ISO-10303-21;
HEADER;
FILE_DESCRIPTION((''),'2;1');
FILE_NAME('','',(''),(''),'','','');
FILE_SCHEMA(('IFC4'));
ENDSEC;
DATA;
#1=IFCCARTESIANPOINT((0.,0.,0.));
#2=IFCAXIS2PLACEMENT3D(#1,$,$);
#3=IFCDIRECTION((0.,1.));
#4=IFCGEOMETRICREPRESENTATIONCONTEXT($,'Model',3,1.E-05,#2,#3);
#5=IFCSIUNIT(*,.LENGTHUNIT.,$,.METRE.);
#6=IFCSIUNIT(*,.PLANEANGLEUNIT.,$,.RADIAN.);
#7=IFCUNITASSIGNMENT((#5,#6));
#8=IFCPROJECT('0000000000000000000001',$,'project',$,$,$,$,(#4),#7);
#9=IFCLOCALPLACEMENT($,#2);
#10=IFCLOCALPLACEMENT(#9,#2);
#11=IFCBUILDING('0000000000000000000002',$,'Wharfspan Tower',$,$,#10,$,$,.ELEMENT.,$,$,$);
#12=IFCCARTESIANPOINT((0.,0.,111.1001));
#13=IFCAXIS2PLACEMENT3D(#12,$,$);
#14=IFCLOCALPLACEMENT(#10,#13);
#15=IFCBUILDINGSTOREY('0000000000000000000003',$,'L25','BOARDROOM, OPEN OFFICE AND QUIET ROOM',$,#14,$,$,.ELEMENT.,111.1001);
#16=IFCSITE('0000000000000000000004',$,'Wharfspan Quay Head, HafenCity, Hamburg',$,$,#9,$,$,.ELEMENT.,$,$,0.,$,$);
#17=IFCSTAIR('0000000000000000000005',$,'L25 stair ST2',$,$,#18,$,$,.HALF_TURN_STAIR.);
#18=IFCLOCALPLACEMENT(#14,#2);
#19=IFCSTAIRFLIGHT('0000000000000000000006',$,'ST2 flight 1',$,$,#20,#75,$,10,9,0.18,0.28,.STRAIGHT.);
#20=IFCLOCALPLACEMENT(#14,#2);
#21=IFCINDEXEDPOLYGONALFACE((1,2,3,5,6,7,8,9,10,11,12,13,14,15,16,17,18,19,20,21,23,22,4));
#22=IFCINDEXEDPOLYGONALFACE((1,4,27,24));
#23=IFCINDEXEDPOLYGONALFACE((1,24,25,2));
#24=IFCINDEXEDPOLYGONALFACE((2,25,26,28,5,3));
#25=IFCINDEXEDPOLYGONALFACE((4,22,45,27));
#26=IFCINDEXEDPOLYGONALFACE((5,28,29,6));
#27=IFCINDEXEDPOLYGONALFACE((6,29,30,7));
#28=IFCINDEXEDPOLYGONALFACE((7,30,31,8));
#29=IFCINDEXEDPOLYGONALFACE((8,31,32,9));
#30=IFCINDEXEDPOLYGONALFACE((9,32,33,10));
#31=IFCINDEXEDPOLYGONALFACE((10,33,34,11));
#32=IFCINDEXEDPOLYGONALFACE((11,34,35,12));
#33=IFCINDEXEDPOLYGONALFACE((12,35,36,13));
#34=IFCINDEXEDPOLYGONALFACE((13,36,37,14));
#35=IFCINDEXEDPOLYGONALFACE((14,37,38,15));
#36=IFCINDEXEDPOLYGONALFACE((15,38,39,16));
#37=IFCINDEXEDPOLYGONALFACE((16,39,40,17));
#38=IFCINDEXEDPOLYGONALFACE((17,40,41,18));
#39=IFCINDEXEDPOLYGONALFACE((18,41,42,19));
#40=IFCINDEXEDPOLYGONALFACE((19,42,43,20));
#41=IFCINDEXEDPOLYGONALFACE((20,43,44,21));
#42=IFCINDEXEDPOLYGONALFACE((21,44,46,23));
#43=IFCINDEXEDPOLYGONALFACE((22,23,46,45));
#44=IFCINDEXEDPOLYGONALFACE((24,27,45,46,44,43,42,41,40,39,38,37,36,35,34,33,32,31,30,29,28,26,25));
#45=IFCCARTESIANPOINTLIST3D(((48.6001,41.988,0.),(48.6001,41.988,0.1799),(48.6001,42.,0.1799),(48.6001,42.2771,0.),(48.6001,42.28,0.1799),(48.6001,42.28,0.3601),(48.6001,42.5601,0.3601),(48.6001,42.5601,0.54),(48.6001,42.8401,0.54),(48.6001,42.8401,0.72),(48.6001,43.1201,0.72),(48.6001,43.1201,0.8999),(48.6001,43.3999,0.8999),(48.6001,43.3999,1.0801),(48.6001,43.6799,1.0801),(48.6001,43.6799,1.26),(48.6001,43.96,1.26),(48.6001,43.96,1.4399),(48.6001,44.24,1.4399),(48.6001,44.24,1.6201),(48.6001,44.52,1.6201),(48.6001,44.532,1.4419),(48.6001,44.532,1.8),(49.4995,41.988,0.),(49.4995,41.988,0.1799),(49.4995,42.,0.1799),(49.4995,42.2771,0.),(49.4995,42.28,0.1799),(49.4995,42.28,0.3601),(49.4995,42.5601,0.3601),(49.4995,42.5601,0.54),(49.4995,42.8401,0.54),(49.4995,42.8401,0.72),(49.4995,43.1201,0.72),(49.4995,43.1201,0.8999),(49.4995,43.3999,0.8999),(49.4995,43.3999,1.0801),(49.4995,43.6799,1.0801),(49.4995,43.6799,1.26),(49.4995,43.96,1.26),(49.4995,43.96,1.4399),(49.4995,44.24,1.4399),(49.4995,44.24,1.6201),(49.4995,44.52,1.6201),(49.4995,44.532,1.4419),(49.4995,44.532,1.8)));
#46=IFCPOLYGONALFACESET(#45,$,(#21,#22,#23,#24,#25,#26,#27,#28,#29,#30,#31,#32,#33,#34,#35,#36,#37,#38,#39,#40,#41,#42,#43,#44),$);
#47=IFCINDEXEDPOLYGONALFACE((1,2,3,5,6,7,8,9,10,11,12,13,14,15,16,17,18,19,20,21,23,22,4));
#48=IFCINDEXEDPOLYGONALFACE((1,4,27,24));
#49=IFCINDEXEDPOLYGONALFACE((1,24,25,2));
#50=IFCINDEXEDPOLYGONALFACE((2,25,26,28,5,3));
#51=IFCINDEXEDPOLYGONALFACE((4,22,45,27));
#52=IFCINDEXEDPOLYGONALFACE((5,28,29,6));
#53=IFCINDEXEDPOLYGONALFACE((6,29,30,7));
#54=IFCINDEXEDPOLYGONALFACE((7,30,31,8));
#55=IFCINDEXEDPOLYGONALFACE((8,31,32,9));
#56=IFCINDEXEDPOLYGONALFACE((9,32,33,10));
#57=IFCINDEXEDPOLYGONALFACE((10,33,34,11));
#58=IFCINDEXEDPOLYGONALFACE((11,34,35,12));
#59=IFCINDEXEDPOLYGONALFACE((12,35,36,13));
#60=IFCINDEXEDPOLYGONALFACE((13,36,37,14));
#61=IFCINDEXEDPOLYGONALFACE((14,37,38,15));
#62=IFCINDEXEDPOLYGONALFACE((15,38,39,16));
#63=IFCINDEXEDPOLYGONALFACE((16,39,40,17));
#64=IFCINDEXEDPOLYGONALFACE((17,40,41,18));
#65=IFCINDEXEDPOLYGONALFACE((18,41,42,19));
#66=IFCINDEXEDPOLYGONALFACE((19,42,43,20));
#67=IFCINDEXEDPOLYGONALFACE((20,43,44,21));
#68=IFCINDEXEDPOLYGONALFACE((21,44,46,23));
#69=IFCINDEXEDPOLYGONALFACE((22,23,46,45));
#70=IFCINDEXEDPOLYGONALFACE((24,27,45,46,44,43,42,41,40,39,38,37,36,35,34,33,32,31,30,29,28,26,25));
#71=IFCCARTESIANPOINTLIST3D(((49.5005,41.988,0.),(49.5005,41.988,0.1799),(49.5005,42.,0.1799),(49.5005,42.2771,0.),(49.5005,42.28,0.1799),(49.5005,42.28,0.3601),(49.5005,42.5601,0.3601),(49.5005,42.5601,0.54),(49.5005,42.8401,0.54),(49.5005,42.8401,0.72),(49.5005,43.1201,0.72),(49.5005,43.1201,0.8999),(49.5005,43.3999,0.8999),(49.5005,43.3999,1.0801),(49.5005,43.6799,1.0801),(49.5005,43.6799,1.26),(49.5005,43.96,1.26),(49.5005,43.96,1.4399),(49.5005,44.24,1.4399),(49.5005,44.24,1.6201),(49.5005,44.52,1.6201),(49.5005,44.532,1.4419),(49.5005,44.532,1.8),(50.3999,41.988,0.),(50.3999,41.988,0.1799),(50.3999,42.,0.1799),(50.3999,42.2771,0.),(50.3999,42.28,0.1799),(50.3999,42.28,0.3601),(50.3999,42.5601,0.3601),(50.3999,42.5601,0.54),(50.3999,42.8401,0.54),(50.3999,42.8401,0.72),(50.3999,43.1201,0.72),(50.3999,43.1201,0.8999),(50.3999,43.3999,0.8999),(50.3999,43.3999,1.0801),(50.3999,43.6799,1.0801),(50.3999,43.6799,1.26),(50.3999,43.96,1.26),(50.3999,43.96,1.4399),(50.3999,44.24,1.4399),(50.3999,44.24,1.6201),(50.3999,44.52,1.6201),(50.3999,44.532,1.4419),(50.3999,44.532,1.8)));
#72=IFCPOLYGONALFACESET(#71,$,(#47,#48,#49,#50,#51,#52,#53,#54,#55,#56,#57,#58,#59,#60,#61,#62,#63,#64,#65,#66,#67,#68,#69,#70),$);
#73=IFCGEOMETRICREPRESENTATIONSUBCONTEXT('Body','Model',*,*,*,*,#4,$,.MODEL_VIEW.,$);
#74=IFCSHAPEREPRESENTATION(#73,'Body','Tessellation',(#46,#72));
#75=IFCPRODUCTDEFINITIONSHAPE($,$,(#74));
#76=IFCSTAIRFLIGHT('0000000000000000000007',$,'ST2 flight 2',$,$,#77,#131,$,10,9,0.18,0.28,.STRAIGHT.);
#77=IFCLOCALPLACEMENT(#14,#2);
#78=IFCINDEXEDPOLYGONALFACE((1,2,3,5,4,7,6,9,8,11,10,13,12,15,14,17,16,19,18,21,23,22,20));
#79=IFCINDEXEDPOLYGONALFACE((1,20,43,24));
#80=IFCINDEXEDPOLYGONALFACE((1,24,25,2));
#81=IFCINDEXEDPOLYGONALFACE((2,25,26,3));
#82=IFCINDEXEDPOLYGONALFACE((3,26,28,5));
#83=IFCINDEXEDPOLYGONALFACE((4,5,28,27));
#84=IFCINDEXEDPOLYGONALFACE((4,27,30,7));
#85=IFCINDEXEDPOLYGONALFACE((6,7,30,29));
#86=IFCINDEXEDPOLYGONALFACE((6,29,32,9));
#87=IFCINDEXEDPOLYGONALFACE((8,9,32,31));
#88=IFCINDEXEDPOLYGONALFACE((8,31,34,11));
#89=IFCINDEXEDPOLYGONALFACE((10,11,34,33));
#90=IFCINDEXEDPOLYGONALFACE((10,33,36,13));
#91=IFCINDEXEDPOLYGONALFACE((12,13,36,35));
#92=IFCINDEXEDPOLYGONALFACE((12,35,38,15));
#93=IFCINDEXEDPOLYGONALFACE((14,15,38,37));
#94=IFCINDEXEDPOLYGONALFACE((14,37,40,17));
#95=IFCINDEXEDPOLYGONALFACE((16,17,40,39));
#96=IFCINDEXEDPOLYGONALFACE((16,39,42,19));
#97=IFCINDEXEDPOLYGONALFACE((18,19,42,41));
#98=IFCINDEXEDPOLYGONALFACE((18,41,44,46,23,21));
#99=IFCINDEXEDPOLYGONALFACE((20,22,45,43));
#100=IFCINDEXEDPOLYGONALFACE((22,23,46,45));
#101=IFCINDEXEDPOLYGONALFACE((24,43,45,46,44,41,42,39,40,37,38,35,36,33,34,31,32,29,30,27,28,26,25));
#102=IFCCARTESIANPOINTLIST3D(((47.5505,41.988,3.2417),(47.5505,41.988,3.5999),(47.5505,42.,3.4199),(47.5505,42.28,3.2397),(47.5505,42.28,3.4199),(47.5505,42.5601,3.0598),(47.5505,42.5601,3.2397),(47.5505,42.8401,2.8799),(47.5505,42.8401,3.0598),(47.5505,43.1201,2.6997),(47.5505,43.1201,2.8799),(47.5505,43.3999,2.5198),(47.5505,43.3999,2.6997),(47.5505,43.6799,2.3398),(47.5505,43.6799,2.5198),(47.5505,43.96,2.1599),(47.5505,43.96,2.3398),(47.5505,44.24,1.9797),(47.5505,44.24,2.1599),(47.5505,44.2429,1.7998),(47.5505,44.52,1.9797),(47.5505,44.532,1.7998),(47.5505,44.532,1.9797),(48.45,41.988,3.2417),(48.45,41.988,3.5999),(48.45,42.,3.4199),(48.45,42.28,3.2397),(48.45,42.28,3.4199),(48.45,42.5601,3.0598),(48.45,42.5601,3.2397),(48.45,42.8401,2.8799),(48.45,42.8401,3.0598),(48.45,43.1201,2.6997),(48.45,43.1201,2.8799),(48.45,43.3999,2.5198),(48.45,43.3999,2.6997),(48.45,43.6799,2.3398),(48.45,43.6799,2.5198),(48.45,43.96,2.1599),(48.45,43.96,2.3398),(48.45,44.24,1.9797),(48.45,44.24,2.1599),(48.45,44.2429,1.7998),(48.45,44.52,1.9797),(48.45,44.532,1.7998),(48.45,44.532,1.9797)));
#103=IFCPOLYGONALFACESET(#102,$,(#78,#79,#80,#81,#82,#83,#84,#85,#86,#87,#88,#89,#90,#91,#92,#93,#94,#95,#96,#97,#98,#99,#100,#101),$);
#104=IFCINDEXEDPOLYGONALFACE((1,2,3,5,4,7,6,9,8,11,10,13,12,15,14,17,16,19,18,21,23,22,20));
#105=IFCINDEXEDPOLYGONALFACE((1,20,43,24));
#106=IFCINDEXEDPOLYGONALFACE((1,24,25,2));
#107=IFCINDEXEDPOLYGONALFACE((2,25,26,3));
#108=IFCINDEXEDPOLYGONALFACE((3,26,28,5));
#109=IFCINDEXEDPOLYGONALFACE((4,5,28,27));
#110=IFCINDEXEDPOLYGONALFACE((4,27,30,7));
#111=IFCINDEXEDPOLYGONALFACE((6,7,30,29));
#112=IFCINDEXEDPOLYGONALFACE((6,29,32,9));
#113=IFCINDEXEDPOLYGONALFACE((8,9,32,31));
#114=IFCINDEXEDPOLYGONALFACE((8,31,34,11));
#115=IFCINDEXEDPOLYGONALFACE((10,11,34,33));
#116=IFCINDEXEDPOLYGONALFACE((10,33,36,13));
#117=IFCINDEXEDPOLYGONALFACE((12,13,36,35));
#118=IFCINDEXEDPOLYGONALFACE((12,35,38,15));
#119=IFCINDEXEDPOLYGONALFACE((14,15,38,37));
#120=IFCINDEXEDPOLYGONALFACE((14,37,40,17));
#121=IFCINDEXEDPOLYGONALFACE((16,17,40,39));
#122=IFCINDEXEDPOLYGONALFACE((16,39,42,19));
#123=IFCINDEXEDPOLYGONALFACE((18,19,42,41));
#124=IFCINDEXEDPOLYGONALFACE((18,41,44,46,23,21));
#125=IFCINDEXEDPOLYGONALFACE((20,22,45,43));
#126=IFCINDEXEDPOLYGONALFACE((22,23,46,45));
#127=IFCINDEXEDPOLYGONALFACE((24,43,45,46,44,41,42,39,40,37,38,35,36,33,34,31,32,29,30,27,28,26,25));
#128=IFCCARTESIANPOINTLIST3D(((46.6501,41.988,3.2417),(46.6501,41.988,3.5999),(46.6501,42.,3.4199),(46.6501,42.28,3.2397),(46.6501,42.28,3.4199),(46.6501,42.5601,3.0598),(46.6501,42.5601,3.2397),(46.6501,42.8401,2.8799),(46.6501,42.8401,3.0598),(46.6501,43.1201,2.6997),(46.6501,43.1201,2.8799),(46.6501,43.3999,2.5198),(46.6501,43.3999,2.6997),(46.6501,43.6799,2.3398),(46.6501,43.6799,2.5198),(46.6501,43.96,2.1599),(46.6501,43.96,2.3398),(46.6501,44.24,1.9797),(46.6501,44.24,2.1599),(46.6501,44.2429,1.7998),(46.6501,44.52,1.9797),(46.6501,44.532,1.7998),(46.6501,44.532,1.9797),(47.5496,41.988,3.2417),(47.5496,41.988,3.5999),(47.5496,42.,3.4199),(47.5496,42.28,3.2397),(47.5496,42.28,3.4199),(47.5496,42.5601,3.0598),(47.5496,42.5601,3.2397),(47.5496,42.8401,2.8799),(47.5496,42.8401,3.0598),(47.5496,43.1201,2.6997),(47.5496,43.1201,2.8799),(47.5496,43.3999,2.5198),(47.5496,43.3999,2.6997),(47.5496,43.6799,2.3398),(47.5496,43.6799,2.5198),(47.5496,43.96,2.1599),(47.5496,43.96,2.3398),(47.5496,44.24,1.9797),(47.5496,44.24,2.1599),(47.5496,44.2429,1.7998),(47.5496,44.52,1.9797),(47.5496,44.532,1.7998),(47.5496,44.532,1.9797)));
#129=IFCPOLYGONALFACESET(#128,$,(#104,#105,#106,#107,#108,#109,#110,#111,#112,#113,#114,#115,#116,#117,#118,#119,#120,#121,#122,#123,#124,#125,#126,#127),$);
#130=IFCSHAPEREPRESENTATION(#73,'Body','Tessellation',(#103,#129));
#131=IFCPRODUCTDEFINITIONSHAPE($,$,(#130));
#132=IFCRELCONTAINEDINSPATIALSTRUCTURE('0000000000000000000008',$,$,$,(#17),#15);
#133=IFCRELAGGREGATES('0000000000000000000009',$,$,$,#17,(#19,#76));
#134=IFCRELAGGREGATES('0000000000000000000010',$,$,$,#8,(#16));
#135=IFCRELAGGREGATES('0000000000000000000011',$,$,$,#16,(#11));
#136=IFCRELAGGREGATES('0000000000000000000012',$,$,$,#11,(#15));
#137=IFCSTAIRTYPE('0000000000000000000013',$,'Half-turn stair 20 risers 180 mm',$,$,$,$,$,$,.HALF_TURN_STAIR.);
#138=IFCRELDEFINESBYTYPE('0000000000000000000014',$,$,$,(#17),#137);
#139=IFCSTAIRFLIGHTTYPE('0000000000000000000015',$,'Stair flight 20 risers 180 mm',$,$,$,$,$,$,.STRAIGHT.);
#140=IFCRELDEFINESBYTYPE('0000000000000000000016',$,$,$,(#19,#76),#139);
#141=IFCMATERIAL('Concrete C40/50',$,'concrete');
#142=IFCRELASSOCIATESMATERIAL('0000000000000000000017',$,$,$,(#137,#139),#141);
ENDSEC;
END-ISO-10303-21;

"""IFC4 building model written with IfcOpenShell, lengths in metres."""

from ifc_helpers import new_model, si_unit, direction, frame, origin, place, context, subcontext, project, spatial, polyline, outline, extrude, material, type_object, element, aggregate, save


model = new_model("IFC4")

# Units and contexts
model_context = context("Model", 3, precision=1e-05, world=origin(), true_north=direction((0.0, 1.0)))
body_context = subcontext(model_context, "Body", "Model", "MODEL_VIEW")
ifc_project = project(units=[si_unit("LENGTHUNIT", "METRE"), si_unit("PLANEANGLEUNIT", "RADIAN")], contexts=[model_context])

# Site, building, storey
site_placement = place(None, origin())
site = spatial("IfcSite", under=ifc_project, at=site_placement, Name="Wharfspan Quay Head, HafenCity, Hamburg", CompositionType="ELEMENT", RefElevation=0.0)
building_placement = place(site_placement, origin())
building = spatial("IfcBuilding", under=site, at=building_placement, Name="Wharfspan Tower", CompositionType="ELEMENT")
storey_placement = place(building_placement, frame((0.0, 0.0, 111.1001)))
storey = spatial("IfcBuildingStorey", under=building, at=storey_placement, Name="L25", Description="BOARDROOM, OPEN OFFICE AND QUIET ROOM", CompositionType="ELEMENT", Elevation=111.1001)

# Shared definitions
ifc_material_1 = material(Name="Concrete C40/50", Category="concrete")

# Stair, stair flights
stair_type = type_object("IfcStairType", Name="Half-turn stair 20 risers 180 mm", PredefinedType="HALF_TURN_STAIR", material=ifc_material_1)
stair_placement = place(storey_placement, origin())
stair = element("IfcStair", 1, at=stair_placement, inside=storey, type_object=stair_type, Name="L25 stair ST2", PredefinedType="HALF_TURN_STAIR")
stair_flight_type = type_object("IfcStairFlightType", Name="Stair flight 20 risers 180 mm", PredefinedType="STRAIGHT", material=ifc_material_1)
stair_flight_1_placement = place(storey_placement, frame((49.5, 42.0, 0.0), z_axis=(0.0, 0.0, 1.0), x_axis=(0.0, 1.0, 0.0)))
stair_flight_1 = element("IfcStairFlight", 2, at=stair_flight_1_placement, type_object=stair_flight_type, Name="ST2 flight 1", NumberOfRisers=10, NumberOfTreads=9, PredefinedType="STRAIGHT", RiserHeight=0.18, TreadLength=0.28, context=body_context, shape_type="SweptSolid", body=[
    extrude(outline(polyline([(-0.012, 0.0), (-0.012, 0.1799), (0.0, 0.1799), (0.28, 0.1799), (0.28, 0.3601), (0.5601, 0.3601), (0.5601, 0.54), (0.8401, 0.54), (0.8401, 0.72), (1.1201, 0.72), (1.1201, 0.8999), (1.3999, 0.8999), (1.3999, 1.0801), (1.6799, 1.0801), (1.6799, 1.26), (1.96, 1.26), (1.96, 1.4399), (2.24, 1.4399), (2.24, 1.6201), (2.52, 1.6201), (2.532, 1.8), (2.532, 1.4419), (0.2771, 0.0), (-0.012, 0.0)])), frame((0.0, 0.8999, 0.0), z_axis=(0.0, -1.0, 0.0), x_axis=(1.0, 0.0, 0.0)), (0.0, 0.0, 1.0), 0.8994),
    extrude(outline(polyline([(-0.012, 0.0), (-0.012, 0.1799), (0.0, 0.1799), (0.28, 0.1799), (0.28, 0.3601), (0.5601, 0.3601), (0.5601, 0.54), (0.8401, 0.54), (0.8401, 0.72), (1.1201, 0.72), (1.1201, 0.8999), (1.3999, 0.8999), (1.3999, 1.0801), (1.6799, 1.0801), (1.6799, 1.26), (1.96, 1.26), (1.96, 1.4399), (2.24, 1.4399), (2.24, 1.6201), (2.52, 1.6201), (2.532, 1.8), (2.532, 1.4419), (0.2771, 0.0), (-0.012, 0.0)])), frame((0.0, -0.0005, 0.0), z_axis=(0.0, -1.0, 0.0), x_axis=(1.0, 0.0, 0.0)), (0.0, 0.0, 1.0), 0.8994),
])
stair_flight_2_placement = place(storey_placement, frame((47.55, 44.52, 1.7998), z_axis=(0.0, 0.0, 1.0), x_axis=(0.0, -1.0, 0.0)))
stair_flight_2 = element("IfcStairFlight", 3, at=stair_flight_2_placement, type_object=stair_flight_type, Name="ST2 flight 2", NumberOfRisers=10, NumberOfTreads=9, PredefinedType="STRAIGHT", RiserHeight=0.18, TreadLength=0.28, context=body_context, shape_type="SweptSolid", body=[
    extrude(outline(polyline([(-0.012, 0.0), (-0.012, 0.1799), (0.0, 0.1799), (0.28, 0.1799), (0.28, 0.3601), (0.5601, 0.3601), (0.5601, 0.54), (0.8401, 0.54), (0.8401, 0.72), (1.1201, 0.72), (1.1201, 0.8999), (1.3999, 0.8999), (1.3999, 1.0801), (1.6799, 1.0801), (1.6799, 1.26), (1.96, 1.26), (1.96, 1.4399), (2.24, 1.4399), (2.24, 1.6201), (2.52, 1.6201), (2.532, 1.8), (2.532, 1.4419), (0.2771, 0.0), (-0.012, 0.0)])), frame((0.0, 0.8999, 0.0), z_axis=(0.0, -1.0, 0.0), x_axis=(1.0, 0.0, 0.0)), (0.0, 0.0, 1.0), 0.8994),
    extrude(outline(polyline([(-0.012, 0.0), (-0.012, 0.1799), (0.0, 0.1799), (0.28, 0.1799), (0.28, 0.3601), (0.5601, 0.3601), (0.5601, 0.54), (0.8401, 0.54), (0.8401, 0.72), (1.1201, 0.72), (1.1201, 0.8999), (1.3999, 0.8999), (1.3999, 1.0801), (1.6799, 1.0801), (1.6799, 1.26), (1.96, 1.26), (1.96, 1.4399), (2.24, 1.4399), (2.24, 1.6201), (2.52, 1.6201), (2.532, 1.8), (2.532, 1.4419), (0.2771, 0.0), (-0.012, 0.0)])), frame((0.0, -0.0005, 0.0), z_axis=(0.0, -1.0, 0.0), x_axis=(1.0, 0.0, 0.0)), (0.0, 0.0, 1.0), 0.8994),
])
aggregate(stair, [stair_flight_1, stair_flight_2])

save(model, "model.ifc")
